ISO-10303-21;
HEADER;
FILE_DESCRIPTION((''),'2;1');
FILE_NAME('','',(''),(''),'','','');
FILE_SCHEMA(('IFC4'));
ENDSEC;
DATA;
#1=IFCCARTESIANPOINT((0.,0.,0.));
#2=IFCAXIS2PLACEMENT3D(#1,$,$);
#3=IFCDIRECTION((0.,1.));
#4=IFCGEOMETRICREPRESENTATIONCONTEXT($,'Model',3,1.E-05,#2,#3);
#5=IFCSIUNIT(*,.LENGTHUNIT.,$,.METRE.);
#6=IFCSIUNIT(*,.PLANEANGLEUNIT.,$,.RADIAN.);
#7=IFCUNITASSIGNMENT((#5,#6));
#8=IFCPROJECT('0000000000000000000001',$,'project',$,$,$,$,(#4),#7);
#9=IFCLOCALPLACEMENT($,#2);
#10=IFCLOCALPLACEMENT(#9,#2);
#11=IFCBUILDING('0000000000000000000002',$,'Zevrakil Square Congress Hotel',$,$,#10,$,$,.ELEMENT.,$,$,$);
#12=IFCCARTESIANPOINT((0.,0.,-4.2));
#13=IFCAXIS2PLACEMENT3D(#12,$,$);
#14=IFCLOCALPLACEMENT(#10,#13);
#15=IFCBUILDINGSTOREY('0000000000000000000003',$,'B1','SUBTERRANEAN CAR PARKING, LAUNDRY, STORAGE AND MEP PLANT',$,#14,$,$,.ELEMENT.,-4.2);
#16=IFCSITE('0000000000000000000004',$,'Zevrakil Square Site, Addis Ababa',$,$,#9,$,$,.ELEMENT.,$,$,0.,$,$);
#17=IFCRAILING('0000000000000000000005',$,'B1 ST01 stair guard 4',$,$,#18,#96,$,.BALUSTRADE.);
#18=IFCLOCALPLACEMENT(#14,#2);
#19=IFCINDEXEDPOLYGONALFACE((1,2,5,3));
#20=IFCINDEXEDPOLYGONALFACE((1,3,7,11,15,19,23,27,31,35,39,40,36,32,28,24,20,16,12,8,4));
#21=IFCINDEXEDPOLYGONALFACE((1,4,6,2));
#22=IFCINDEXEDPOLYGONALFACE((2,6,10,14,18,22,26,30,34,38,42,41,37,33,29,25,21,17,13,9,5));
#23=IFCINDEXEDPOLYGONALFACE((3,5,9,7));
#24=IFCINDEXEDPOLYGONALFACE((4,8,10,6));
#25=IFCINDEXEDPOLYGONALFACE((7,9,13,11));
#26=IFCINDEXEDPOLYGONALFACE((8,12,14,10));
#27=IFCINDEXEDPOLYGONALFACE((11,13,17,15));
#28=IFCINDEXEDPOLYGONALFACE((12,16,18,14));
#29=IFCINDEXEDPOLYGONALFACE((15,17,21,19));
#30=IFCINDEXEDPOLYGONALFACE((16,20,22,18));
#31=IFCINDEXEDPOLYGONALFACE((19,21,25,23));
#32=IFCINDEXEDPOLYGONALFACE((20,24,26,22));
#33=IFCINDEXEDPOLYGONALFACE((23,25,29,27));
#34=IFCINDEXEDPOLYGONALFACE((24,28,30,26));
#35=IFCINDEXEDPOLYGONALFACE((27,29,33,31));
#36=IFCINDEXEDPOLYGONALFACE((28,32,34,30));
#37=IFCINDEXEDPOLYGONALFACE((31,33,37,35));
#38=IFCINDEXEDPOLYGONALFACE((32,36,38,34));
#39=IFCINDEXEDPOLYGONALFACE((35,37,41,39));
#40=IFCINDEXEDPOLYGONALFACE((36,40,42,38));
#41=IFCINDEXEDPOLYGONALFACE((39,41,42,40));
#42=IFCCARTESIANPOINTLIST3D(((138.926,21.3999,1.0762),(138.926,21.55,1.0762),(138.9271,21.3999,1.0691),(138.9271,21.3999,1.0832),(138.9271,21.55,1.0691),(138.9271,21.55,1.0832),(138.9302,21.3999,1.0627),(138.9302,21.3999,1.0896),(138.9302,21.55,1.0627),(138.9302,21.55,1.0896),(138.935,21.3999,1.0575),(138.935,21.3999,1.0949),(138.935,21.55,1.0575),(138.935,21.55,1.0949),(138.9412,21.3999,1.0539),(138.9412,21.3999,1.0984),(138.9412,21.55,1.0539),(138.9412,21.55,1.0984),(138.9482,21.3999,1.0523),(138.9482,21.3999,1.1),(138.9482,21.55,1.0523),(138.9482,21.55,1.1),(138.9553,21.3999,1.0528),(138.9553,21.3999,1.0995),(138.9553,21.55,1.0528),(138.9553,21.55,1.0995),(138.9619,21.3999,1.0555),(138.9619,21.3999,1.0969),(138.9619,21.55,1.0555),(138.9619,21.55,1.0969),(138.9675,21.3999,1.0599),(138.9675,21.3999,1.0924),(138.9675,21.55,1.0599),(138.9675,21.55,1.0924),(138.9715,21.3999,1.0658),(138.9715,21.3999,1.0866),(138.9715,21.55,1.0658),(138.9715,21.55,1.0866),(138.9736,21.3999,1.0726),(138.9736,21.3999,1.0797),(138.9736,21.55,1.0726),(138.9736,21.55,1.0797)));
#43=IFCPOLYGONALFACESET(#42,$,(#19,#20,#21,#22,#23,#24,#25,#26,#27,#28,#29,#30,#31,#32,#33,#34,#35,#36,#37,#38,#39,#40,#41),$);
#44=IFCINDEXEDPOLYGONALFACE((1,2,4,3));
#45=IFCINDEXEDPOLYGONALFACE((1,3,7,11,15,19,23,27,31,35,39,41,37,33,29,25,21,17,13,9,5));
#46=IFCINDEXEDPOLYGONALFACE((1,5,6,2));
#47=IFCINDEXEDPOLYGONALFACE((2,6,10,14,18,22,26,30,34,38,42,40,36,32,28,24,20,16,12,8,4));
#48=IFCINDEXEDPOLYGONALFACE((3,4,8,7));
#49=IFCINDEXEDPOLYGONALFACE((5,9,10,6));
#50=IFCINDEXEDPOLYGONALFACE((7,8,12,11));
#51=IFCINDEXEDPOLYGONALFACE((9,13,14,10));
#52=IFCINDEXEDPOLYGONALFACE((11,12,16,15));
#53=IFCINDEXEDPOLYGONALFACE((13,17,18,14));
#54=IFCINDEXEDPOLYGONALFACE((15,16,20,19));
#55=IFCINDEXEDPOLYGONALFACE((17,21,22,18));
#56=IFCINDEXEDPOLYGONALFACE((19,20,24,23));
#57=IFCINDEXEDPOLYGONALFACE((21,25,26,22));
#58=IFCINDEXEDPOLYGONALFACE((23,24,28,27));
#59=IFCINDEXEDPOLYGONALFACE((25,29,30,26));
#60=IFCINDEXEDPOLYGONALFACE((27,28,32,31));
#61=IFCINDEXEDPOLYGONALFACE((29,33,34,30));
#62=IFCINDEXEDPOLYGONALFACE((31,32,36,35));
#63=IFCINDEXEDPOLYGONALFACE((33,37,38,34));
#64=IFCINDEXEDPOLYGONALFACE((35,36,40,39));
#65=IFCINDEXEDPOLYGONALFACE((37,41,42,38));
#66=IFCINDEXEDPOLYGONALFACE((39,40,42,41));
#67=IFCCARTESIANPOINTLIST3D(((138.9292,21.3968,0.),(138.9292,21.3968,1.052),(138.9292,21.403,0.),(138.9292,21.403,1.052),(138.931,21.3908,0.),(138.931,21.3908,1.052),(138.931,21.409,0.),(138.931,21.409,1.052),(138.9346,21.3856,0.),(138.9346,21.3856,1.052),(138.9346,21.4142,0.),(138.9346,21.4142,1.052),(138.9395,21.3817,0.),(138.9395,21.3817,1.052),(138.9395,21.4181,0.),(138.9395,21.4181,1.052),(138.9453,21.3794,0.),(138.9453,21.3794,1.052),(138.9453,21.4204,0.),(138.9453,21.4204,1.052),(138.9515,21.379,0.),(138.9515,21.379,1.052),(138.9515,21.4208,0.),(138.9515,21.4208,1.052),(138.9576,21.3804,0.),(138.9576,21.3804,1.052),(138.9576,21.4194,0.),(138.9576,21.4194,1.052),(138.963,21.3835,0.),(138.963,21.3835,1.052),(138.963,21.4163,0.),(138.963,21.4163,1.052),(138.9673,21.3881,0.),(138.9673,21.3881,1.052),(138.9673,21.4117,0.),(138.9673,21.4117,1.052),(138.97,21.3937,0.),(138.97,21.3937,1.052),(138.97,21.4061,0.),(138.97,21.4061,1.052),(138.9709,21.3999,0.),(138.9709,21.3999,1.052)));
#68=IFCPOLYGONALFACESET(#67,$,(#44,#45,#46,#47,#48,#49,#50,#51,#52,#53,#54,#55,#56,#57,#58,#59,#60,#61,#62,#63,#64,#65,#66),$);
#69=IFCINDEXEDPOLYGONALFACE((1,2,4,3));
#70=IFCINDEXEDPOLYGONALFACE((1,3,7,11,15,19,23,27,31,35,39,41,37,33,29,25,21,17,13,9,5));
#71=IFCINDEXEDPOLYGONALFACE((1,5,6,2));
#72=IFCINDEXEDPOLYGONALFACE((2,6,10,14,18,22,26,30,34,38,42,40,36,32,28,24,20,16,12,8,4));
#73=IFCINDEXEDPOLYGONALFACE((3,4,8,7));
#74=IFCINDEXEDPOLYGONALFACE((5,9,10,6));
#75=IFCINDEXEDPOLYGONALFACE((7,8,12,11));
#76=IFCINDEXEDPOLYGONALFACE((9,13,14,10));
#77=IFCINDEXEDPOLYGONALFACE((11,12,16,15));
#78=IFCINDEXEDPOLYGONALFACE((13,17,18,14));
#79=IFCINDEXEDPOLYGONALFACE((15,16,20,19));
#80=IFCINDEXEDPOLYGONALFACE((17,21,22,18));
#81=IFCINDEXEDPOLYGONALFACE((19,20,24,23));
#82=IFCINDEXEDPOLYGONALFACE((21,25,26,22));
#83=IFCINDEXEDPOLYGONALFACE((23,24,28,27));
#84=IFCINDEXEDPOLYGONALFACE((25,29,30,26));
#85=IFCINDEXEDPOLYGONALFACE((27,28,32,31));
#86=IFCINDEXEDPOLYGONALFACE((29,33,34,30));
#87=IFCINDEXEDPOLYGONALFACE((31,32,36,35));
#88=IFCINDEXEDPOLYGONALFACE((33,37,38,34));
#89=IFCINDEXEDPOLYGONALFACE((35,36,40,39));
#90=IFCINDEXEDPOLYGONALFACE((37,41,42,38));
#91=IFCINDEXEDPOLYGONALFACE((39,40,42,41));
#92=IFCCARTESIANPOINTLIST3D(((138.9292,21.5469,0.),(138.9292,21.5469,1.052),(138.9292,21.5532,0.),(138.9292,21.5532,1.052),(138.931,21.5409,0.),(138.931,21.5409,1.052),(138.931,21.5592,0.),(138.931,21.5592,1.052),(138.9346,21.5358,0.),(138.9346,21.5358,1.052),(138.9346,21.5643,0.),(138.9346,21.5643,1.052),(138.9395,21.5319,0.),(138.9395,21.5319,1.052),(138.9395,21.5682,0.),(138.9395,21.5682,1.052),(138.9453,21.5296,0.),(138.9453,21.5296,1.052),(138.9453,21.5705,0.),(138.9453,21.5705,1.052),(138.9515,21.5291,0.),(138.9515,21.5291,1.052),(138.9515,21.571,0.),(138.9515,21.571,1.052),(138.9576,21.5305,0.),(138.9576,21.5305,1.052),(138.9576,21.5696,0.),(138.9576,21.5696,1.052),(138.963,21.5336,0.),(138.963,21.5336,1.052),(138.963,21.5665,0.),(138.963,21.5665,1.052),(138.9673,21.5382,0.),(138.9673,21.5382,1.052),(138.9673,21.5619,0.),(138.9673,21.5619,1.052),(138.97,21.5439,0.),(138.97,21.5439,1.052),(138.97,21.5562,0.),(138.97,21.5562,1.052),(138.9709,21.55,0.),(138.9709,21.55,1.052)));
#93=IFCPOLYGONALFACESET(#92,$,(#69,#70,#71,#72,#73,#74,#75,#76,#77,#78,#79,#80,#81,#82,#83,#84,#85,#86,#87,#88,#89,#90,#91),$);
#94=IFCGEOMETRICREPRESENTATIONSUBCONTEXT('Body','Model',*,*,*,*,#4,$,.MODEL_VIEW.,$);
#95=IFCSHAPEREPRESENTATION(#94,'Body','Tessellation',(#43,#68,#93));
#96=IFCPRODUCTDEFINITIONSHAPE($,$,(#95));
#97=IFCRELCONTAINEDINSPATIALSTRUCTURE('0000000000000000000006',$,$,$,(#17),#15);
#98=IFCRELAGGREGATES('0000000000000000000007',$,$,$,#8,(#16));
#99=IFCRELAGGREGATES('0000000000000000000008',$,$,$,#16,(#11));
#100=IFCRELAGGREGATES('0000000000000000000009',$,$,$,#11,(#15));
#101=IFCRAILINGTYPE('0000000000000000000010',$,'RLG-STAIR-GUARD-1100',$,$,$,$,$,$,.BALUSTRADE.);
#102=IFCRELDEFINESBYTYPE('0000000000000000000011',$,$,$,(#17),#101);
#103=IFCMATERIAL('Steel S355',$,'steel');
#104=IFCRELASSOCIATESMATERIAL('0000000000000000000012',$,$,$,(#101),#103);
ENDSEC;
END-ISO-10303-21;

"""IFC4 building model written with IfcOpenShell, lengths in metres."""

from ifc_helpers import new_model, si_unit, direction, frame, origin, origin_2d, place, context, subcontext, project, spatial, circle, extrude, material, type_object, element, save


model = new_model("IFC4")

# Units and contexts
model_context = context("Model", 3, precision=1e-05, world=origin(), true_north=direction((0.0, 1.0)))
body_context = subcontext(model_context, "Body", "Model", "MODEL_VIEW")
ifc_project = project(units=[si_unit("LENGTHUNIT", "METRE"), si_unit("PLANEANGLEUNIT", "RADIAN")], contexts=[model_context])

# Site, building, storey
site_placement = place(None, origin())
site = spatial("IfcSite", under=ifc_project, at=site_placement, Name="Zevrakil Square Site, Addis Ababa", CompositionType="ELEMENT", RefElevation=0.0)
building_placement = place(site_placement, origin())
building = spatial("IfcBuilding", under=site, at=building_placement, Name="Zevrakil Square Congress Hotel", CompositionType="ELEMENT")
storey_placement = place(building_placement, frame((0.0, 0.0, -4.2)))
storey = spatial("IfcBuildingStorey", under=building, at=storey_placement, Name="B1", Description="SUBTERRANEAN CAR PARKING, LAUNDRY, STORAGE AND MEP PLANT", CompositionType="ELEMENT", Elevation=-4.2)

# Railing
ifc_material_1 = material(Name="Steel S355", Category="steel")
railing_type_1 = type_object("IfcRailingType", Name="RLG-STAIR-GUARD-1100", PredefinedType="BALUSTRADE", material=ifc_material_1)
railing_1_placement = place(storey_placement, frame((138.95, 21.3999, 0.0)))
element("IfcRailing", 1, at=railing_1_placement, inside=storey, type_object=railing_type_1, Name="B1 ST01 stair guard 4", PredefinedType="BALUSTRADE", context=body_context, shape_type="SweptSolid", body=[
    extrude(circle(Radius=0.0239, at=origin_2d()), frame((0.0, 0.0, 1.0762), z_axis=(0.0, 1.0, 0.0), x_axis=(-1.0, 0.0, 0.0)), (0.0, 0.0, 1.0), 0.1501),
    extrude(circle(Radius=0.021, at=origin_2d()), origin(), (0.0, 0.0, 1.0), 1.052),
    extrude(circle(Radius=0.021, at=origin_2d()), frame((0.0, 0.1501, 0.0)), (0.0, 0.0, 1.0), 1.052),
])

save(model, "model.ifc")
